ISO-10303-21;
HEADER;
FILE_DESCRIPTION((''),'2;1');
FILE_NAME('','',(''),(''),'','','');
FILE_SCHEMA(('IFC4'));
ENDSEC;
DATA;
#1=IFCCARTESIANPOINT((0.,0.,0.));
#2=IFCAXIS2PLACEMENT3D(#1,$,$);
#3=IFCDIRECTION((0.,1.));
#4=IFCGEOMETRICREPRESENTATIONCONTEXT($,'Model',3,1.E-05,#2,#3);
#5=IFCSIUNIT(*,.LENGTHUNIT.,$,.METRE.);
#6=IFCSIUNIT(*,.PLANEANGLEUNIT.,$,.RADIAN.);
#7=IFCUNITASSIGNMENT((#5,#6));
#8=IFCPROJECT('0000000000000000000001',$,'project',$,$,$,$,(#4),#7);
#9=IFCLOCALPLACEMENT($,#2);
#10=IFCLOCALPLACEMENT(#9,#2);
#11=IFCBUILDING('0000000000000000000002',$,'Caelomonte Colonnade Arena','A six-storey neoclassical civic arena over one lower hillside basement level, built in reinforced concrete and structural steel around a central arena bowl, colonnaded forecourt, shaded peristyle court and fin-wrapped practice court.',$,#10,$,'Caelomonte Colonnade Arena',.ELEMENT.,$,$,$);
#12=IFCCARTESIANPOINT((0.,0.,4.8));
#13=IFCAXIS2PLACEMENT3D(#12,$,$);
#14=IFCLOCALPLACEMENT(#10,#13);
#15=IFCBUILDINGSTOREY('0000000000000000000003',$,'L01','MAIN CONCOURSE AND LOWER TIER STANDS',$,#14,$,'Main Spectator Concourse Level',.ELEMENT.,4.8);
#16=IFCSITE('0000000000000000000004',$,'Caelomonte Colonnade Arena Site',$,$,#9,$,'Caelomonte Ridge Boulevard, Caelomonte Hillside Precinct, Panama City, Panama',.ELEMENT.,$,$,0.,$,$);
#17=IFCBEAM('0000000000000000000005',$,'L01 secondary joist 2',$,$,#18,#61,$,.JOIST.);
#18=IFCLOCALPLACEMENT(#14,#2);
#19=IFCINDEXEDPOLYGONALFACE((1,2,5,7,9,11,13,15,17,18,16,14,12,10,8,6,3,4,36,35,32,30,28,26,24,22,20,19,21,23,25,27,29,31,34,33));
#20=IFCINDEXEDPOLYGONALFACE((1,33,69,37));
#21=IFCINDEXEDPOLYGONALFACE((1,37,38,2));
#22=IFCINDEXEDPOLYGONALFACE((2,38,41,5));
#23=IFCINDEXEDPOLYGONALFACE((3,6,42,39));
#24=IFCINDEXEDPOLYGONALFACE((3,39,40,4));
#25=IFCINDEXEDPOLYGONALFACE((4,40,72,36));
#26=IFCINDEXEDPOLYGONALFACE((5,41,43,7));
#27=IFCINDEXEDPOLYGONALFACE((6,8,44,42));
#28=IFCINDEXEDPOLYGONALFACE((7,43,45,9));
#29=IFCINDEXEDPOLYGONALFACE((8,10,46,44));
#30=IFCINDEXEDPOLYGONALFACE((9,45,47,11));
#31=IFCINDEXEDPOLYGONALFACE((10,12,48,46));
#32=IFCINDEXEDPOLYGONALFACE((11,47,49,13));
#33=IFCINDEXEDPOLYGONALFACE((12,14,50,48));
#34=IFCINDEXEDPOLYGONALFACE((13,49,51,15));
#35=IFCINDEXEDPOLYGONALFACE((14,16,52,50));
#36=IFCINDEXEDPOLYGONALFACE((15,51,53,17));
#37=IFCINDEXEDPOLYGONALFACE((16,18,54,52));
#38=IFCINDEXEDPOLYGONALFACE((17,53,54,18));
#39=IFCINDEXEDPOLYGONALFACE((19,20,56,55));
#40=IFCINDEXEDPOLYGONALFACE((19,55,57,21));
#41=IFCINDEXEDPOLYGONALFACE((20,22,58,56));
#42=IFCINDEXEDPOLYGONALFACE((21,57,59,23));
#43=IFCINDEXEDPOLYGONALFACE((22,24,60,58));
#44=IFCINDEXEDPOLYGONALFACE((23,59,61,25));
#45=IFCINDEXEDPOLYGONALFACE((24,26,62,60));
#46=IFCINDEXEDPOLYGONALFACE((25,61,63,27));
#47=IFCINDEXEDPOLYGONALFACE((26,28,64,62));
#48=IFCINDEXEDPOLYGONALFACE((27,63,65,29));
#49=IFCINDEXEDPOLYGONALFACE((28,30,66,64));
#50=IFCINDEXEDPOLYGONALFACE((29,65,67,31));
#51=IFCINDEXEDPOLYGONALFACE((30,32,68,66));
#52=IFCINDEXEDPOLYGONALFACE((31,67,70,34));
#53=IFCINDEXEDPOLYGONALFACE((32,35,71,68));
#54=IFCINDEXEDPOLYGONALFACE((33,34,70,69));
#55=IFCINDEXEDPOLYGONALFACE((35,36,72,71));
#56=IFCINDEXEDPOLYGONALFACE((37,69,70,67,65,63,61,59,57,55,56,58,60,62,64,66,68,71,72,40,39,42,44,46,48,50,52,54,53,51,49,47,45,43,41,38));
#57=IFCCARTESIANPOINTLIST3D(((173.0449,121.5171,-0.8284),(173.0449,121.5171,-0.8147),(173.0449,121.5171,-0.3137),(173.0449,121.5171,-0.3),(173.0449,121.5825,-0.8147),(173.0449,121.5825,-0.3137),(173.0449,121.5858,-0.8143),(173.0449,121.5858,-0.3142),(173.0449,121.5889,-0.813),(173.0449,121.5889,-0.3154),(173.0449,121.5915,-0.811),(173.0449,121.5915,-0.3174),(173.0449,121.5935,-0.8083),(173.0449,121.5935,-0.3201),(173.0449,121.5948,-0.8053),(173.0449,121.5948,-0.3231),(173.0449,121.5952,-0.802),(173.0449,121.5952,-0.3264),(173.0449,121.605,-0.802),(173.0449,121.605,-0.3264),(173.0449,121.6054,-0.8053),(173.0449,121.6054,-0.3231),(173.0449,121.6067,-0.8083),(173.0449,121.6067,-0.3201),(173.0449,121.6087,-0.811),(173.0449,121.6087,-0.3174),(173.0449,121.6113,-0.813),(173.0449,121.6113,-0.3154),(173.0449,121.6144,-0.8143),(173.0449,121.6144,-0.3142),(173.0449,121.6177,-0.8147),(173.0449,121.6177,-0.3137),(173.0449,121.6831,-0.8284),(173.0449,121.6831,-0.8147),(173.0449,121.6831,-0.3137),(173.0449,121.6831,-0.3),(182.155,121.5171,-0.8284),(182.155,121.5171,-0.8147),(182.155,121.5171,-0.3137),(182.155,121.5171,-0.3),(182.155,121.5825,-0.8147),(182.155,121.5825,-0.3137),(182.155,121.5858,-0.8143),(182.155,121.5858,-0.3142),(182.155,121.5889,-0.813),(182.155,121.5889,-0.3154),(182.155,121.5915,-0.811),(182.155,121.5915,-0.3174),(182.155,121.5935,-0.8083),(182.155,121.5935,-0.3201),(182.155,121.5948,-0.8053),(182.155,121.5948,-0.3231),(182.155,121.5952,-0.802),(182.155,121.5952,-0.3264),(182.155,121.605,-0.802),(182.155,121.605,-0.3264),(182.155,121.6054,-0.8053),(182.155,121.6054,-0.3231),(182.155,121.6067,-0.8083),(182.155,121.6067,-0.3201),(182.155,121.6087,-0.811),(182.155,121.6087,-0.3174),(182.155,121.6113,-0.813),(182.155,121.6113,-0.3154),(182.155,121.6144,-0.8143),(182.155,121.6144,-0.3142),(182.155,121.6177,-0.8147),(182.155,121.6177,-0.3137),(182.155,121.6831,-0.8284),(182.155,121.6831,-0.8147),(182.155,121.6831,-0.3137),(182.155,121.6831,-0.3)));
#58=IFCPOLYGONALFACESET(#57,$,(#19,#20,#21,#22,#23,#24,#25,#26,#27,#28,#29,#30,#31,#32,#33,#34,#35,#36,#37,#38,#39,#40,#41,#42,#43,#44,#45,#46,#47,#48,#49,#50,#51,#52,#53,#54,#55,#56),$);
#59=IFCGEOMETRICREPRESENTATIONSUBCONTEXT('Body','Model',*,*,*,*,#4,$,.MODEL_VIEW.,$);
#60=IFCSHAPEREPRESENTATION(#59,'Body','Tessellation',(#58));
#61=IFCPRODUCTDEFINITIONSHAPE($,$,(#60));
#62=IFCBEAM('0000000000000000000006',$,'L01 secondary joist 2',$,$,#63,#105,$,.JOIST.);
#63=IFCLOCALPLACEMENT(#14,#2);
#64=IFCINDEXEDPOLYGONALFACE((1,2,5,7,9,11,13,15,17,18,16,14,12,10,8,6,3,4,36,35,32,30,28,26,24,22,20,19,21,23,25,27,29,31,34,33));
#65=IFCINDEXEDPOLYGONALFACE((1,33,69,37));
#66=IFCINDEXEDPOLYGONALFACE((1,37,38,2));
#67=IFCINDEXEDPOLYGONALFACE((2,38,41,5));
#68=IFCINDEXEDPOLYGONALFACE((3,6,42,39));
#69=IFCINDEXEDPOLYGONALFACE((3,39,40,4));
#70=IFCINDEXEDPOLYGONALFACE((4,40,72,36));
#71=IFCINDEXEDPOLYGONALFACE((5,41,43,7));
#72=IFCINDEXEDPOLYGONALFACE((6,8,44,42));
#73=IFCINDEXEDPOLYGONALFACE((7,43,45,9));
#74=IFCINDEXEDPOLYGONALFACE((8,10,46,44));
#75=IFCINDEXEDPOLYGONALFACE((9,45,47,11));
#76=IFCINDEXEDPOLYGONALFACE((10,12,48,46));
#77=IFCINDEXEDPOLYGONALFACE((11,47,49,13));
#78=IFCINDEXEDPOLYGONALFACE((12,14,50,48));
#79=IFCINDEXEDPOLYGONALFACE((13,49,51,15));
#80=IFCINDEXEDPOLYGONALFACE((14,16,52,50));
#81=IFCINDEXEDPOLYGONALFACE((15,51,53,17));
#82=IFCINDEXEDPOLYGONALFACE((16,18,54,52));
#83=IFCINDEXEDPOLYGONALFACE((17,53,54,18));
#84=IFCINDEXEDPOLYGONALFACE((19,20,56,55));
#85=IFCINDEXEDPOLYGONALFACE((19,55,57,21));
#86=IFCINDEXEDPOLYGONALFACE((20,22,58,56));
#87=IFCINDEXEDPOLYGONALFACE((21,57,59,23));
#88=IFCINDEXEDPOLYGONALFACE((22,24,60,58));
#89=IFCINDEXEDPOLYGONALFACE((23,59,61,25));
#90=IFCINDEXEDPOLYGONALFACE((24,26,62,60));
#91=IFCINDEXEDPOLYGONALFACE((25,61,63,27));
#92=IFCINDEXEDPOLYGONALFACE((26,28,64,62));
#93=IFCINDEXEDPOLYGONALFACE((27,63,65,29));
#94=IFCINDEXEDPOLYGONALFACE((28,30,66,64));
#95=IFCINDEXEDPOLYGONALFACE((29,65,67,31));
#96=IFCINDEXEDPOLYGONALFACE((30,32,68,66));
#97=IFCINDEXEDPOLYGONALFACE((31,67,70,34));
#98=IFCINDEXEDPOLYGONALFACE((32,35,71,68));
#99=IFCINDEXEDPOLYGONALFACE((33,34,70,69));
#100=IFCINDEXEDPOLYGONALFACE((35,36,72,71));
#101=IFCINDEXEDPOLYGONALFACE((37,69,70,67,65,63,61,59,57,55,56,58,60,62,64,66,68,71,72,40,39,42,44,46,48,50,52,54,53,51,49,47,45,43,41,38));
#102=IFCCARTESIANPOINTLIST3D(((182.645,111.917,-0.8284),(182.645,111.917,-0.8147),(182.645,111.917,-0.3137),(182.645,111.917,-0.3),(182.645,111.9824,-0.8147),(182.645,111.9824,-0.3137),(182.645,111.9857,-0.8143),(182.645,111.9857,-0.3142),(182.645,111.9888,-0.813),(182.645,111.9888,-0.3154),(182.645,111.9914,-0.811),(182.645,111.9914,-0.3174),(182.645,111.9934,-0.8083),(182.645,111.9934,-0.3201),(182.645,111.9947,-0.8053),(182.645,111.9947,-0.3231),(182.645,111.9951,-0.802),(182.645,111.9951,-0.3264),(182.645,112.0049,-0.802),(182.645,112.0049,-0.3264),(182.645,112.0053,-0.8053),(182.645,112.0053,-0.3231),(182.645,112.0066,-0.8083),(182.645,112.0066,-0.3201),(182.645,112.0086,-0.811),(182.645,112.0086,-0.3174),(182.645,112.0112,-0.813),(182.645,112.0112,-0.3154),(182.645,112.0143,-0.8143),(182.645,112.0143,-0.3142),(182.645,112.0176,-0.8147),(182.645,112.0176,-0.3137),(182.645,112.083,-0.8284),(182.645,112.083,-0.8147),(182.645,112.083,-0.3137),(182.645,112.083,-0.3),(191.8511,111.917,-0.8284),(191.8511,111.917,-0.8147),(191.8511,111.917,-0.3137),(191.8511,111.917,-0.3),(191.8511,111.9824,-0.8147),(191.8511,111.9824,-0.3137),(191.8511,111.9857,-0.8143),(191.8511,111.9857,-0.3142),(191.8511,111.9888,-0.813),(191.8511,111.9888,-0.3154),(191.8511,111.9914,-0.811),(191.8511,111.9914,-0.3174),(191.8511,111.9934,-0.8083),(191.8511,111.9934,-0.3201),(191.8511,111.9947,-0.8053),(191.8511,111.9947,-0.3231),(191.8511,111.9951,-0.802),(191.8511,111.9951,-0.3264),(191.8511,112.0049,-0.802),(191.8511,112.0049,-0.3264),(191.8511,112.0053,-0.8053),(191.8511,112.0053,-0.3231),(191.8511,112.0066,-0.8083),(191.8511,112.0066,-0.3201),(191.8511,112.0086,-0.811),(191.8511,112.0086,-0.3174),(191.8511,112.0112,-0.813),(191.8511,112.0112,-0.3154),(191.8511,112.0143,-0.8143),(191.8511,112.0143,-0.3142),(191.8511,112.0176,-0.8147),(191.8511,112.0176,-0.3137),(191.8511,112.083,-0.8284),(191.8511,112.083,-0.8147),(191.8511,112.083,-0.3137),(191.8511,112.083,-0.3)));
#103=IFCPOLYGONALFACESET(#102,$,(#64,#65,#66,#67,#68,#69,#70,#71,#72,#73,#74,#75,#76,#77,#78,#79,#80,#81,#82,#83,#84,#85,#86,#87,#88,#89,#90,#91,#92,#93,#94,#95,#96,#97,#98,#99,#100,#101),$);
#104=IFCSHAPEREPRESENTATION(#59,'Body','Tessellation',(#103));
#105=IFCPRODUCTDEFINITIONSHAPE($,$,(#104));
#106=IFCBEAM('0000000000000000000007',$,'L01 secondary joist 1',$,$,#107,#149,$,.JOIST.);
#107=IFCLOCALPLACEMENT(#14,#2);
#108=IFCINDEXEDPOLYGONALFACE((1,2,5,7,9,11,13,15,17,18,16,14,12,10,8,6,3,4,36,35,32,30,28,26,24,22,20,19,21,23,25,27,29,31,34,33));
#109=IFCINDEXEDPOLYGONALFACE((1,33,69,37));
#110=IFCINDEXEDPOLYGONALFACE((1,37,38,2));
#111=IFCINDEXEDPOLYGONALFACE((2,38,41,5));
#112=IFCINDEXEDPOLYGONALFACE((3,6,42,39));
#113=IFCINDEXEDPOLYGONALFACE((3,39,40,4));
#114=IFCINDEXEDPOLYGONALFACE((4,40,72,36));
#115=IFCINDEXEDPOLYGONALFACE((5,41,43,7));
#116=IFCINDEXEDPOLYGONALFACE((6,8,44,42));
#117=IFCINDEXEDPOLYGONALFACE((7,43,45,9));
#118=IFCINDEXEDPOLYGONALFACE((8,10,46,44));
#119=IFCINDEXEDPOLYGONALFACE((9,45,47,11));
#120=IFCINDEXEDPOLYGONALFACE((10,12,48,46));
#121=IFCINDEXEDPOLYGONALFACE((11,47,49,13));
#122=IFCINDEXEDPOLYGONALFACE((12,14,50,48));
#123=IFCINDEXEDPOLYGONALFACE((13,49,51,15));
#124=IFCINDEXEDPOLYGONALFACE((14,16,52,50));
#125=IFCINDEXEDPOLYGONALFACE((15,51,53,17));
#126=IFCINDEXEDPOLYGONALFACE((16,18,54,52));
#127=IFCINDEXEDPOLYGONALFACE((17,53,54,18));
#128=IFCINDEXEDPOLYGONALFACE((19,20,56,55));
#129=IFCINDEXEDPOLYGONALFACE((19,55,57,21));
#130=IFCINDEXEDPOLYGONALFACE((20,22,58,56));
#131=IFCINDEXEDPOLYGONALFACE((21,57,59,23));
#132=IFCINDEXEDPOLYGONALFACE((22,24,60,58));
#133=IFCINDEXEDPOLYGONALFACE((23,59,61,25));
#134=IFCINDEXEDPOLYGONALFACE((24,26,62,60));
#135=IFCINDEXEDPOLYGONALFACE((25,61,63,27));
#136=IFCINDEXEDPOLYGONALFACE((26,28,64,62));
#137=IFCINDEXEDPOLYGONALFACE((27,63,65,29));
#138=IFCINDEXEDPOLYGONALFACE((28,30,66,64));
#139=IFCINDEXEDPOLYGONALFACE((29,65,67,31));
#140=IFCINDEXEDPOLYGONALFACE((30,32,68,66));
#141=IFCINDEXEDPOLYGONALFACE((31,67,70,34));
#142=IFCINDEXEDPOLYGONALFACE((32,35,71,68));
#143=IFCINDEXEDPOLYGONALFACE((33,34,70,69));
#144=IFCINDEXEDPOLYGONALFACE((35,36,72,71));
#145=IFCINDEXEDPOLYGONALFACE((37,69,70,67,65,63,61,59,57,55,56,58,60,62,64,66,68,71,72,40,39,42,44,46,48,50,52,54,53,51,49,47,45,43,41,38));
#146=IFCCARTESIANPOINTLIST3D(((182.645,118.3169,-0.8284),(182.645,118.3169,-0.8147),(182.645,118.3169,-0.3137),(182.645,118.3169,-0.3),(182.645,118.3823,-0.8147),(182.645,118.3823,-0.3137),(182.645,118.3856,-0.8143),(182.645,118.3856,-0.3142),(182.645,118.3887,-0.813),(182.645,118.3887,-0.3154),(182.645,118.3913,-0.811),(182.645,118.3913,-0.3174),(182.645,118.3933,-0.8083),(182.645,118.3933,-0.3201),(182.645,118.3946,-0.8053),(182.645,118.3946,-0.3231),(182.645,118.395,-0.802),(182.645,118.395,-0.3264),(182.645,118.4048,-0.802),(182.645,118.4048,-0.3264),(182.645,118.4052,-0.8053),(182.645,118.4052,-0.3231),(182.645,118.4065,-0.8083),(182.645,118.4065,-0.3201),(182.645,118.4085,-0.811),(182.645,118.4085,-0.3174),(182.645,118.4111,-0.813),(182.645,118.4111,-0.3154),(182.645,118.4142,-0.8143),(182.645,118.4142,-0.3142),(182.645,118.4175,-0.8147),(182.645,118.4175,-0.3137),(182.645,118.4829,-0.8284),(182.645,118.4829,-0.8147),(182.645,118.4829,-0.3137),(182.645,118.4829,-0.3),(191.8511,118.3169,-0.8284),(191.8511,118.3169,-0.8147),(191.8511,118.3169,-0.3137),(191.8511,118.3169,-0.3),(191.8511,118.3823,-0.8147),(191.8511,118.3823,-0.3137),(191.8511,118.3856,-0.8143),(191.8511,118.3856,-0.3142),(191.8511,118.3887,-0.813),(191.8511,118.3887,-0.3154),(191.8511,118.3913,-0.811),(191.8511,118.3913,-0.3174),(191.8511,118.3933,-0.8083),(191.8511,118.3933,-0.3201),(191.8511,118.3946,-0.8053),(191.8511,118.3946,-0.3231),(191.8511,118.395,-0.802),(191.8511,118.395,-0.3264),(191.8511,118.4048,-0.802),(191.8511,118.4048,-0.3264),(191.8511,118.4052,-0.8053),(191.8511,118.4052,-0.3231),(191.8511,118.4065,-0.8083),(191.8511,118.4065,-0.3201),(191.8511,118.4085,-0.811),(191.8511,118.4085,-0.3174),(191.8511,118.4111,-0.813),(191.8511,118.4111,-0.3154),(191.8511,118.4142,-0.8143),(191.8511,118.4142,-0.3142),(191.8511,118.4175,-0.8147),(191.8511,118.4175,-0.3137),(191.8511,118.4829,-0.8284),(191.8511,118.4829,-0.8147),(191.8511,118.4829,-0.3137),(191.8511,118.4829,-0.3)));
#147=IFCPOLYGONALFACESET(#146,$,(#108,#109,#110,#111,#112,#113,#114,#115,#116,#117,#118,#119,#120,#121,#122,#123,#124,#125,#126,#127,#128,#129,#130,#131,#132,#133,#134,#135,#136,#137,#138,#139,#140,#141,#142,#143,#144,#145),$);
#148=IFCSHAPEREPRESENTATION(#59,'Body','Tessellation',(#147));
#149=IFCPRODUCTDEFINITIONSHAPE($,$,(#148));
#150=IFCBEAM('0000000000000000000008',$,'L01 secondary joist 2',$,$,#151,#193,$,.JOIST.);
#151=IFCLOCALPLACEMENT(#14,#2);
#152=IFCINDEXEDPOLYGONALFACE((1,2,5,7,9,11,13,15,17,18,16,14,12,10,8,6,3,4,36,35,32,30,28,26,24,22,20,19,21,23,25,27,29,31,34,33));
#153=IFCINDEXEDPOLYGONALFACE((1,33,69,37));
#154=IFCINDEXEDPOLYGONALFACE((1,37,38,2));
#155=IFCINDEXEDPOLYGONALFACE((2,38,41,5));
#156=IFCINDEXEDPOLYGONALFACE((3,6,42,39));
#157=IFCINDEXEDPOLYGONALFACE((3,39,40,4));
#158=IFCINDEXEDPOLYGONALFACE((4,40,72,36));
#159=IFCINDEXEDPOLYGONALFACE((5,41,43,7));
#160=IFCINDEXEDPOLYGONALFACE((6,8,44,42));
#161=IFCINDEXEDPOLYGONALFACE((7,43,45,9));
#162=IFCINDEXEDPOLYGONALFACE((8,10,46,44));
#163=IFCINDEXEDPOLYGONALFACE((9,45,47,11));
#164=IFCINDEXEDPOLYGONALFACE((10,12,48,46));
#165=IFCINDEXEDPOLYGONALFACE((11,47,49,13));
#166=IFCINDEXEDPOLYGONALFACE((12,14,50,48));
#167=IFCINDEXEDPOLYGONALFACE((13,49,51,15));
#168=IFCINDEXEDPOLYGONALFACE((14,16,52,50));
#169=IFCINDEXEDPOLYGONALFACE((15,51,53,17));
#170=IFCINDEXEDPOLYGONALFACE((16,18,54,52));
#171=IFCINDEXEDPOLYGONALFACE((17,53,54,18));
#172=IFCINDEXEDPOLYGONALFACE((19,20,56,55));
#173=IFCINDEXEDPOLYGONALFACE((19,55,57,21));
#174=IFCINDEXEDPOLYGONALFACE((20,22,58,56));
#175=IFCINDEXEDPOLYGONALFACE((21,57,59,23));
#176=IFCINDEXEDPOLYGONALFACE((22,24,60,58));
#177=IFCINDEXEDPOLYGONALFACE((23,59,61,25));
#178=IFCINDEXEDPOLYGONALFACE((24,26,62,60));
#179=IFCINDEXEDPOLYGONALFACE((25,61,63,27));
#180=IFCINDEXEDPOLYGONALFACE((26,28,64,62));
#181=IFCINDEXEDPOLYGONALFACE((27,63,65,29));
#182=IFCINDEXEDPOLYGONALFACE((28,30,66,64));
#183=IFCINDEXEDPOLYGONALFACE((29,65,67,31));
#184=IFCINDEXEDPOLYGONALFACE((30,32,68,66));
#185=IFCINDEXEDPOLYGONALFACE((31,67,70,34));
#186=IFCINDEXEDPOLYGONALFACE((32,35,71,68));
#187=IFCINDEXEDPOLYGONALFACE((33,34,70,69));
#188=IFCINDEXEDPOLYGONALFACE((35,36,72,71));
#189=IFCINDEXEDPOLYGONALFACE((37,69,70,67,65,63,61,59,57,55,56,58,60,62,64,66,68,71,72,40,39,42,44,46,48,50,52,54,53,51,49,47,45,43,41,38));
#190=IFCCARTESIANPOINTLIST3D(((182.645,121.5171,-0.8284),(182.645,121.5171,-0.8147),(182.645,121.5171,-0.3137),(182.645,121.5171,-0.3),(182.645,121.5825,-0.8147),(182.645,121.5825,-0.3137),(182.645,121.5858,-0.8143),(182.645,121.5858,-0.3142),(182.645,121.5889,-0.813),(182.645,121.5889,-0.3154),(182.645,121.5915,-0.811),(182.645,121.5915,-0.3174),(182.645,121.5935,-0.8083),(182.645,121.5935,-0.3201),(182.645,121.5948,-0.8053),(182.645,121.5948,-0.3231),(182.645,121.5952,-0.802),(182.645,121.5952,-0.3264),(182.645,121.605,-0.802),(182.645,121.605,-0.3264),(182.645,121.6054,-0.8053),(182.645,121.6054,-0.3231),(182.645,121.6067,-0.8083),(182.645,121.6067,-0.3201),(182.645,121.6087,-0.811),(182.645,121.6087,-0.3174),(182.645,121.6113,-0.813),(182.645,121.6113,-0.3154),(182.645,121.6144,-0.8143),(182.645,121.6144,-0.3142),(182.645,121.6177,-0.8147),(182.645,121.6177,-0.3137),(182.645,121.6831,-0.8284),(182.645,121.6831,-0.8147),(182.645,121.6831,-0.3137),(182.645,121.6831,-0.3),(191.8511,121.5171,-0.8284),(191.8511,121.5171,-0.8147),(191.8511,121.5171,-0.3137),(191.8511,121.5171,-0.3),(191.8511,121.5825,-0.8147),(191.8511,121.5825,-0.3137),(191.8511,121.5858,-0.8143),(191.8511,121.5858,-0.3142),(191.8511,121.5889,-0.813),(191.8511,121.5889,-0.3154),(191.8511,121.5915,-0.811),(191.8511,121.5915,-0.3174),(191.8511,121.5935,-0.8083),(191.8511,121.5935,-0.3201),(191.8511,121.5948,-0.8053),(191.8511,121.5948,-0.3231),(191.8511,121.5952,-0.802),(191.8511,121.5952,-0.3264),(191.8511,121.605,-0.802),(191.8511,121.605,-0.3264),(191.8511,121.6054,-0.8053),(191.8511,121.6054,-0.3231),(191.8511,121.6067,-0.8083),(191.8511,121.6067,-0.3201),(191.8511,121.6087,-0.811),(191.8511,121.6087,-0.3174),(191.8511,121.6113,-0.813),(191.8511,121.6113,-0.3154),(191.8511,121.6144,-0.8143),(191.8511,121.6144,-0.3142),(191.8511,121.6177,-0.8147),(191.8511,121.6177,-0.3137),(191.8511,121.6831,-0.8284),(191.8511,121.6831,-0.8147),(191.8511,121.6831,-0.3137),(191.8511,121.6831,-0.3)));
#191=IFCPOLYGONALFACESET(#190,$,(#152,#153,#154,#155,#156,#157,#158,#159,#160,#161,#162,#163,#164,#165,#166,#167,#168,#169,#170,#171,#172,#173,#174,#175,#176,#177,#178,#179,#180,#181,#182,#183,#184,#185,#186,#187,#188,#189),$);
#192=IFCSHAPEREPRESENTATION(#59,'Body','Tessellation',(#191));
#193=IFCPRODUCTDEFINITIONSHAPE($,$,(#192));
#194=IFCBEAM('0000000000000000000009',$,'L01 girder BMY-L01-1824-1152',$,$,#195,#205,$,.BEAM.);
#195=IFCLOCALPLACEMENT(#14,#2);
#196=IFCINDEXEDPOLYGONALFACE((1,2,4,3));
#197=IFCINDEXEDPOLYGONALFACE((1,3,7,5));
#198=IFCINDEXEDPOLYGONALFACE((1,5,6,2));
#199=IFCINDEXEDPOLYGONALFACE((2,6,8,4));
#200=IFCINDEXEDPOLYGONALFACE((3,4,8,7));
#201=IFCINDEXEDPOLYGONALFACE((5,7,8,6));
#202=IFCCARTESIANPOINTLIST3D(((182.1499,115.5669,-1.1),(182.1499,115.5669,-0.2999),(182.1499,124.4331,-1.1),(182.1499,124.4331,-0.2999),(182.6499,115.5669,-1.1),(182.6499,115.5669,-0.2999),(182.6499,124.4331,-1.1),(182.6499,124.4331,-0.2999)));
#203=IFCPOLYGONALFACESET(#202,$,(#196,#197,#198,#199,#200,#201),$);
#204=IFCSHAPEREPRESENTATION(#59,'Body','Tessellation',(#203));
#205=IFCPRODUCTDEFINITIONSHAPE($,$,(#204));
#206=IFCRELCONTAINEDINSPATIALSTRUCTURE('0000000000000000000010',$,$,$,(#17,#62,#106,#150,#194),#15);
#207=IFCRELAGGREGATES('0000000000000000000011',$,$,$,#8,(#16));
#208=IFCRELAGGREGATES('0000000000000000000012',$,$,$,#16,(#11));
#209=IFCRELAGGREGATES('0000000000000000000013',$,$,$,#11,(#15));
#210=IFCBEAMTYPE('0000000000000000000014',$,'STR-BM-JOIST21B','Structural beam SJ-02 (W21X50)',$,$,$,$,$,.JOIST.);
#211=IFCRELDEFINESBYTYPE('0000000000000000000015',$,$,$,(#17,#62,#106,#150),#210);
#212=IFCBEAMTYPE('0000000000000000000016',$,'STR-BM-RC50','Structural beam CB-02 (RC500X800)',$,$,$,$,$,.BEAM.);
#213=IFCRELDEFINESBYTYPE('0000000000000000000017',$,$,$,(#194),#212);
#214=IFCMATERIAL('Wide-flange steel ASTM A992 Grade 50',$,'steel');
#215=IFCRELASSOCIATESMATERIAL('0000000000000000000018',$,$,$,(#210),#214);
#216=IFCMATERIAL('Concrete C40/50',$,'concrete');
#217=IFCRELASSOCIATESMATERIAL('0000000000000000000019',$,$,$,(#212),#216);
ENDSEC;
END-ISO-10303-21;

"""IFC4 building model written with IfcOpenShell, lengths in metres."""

from ifc_helpers import new_model, si_unit, direction, frame, origin, origin_2d, place, context, subcontext, project, spatial, rectangle, i_section, extrude, material, material_profile, profile_set, type_object, element, save


model = new_model("IFC4")

# Units and contexts
model_context = context("Model", 3, precision=1e-05, world=origin(), true_north=direction((0.0, 1.0)))
body_context = subcontext(model_context, "Body", "Model", "MODEL_VIEW")
ifc_project = project(units=[si_unit("LENGTHUNIT", "METRE"), si_unit("PLANEANGLEUNIT", "RADIAN")], contexts=[model_context])

# Site, building, storey
site_placement = place(None, origin())
site = spatial("IfcSite", under=ifc_project, at=site_placement, Name="Caelomonte Colonnade Arena Site", LongName="Caelomonte Ridge Boulevard, Caelomonte Hillside Precinct, Panama City, Panama", CompositionType="ELEMENT", RefElevation=0.0)
building_placement = place(site_placement, origin())
building = spatial("IfcBuilding", under=site, at=building_placement, Name="Caelomonte Colonnade Arena", Description="A six-storey neoclassical civic arena over one lower hillside basement level, built in reinforced concrete and structural steel around a central arena bowl, colonnaded forecourt, shaded peristyle court and fin-wrapped practice court.", LongName="Caelomonte Colonnade Arena", CompositionType="ELEMENT")
storey_placement = place(building_placement, frame((0.0, 0.0, 4.8)))
storey = spatial("IfcBuildingStorey", under=building, at=storey_placement, Name="L01", Description="MAIN CONCOURSE AND LOWER TIER STANDS", LongName="Main Spectator Concourse Level", CompositionType="ELEMENT", Elevation=4.8)

# Shared definitions
ifc_material_1 = material(Name="Concrete C40/50", Category="concrete")

# Beams
ifc_material_2 = material(Name="Wide-flange steel ASTM A992 Grade 50", Category="steel")
ifc_material_profile_1 = material_profile(ifc_material_2, i_section(OverallWidth=0.166, OverallDepth=0.5283, WebThickness=0.0098, FlangeThickness=0.0137, FilletRadius=0.0127, at=origin_2d()), Name="W21X50")
ifc_profile_set_1 = profile_set([ifc_material_profile_1], Name="Wide-flange steel ASTM A992 Grade 50")
beam_type_1 = type_object("IfcBeamType", Name="STR-BM-JOIST21B", Description="Structural beam SJ-02 (W21X50)", PredefinedType="JOIST", material=ifc_profile_set_1)
for number, where, z_axis, x_axis, name in (
    (1, (173.0449, 121.6001, -0.5642), (1.0, 0.0, 0.0), (0.0, 1.0, 0.0), "L01 secondary joist 2"),
):
    element("IfcBeam", number, at=place(storey_placement, frame(where, z_axis=z_axis, x_axis=x_axis)), inside=storey, type_object=beam_type_1, Name=name, PredefinedType="JOIST", context=body_context, shape_type="SweptSolid", body=[
        extrude(i_section(OverallWidth=0.166, OverallDepth=0.5283, WebThickness=0.0098, FlangeThickness=0.0137, FilletRadius=0.0127, at=origin_2d()), origin(), (0.0, 0.0, 1.0), 9.1101),
    ])
for number, where, z_axis, x_axis, name in (
    (2, (182.645, 112.0, -0.5642), (1.0, 0.0, 0.0), (0.0, 1.0, 0.0), "L01 secondary joist 2"),
    (3, (182.645, 118.3999, -0.5642), (1.0, 0.0, 0.0), (0.0, 1.0, 0.0), "L01 secondary joist 1"),
    (4, (182.645, 121.6001, -0.5642), (1.0, 0.0, 0.0), (0.0, 1.0, 0.0), "L01 secondary joist 2"),
):
    element("IfcBeam", number, at=place(storey_placement, frame(where, z_axis=z_axis, x_axis=x_axis)), inside=storey, type_object=beam_type_1, Name=name, PredefinedType="JOIST", context=body_context, shape_type="SweptSolid", body=[
        extrude(i_section(OverallWidth=0.166, OverallDepth=0.5283, WebThickness=0.0098, FlangeThickness=0.0137, FilletRadius=0.0127, at=origin_2d()), origin(), (0.0, 0.0, 1.0), 9.2061),
    ])
ifc_material_profile_2 = material_profile(ifc_material_1, rectangle(XDim=0.5, YDim=0.8, at=origin_2d()), Name="RC500X800")
ifc_profile_set_2 = profile_set([ifc_material_profile_2], Name="Concrete C40/50")
beam_type_2 = type_object("IfcBeamType", Name="STR-BM-RC50", Description="Structural beam CB-02 (RC500X800)", PredefinedType="BEAM", material=ifc_profile_set_2)
beam_1_placement = place(storey_placement, frame((182.3999, 115.5669, -0.7), z_axis=(0.0, 1.0, 0.0), x_axis=(-1.0, 0.0, 0.0)))
element("IfcBeam", 5, at=beam_1_placement, inside=storey, type_object=beam_type_2, Name="L01 girder BMY-L01-1824-1152", PredefinedType="BEAM", context=body_context, shape_type="SweptSolid", body=[
    extrude(rectangle(XDim=0.5, YDim=0.8, at=origin_2d()), origin(), (0.0, 0.0, 1.0), 8.8662),
])

save(model, "model.ifc")
